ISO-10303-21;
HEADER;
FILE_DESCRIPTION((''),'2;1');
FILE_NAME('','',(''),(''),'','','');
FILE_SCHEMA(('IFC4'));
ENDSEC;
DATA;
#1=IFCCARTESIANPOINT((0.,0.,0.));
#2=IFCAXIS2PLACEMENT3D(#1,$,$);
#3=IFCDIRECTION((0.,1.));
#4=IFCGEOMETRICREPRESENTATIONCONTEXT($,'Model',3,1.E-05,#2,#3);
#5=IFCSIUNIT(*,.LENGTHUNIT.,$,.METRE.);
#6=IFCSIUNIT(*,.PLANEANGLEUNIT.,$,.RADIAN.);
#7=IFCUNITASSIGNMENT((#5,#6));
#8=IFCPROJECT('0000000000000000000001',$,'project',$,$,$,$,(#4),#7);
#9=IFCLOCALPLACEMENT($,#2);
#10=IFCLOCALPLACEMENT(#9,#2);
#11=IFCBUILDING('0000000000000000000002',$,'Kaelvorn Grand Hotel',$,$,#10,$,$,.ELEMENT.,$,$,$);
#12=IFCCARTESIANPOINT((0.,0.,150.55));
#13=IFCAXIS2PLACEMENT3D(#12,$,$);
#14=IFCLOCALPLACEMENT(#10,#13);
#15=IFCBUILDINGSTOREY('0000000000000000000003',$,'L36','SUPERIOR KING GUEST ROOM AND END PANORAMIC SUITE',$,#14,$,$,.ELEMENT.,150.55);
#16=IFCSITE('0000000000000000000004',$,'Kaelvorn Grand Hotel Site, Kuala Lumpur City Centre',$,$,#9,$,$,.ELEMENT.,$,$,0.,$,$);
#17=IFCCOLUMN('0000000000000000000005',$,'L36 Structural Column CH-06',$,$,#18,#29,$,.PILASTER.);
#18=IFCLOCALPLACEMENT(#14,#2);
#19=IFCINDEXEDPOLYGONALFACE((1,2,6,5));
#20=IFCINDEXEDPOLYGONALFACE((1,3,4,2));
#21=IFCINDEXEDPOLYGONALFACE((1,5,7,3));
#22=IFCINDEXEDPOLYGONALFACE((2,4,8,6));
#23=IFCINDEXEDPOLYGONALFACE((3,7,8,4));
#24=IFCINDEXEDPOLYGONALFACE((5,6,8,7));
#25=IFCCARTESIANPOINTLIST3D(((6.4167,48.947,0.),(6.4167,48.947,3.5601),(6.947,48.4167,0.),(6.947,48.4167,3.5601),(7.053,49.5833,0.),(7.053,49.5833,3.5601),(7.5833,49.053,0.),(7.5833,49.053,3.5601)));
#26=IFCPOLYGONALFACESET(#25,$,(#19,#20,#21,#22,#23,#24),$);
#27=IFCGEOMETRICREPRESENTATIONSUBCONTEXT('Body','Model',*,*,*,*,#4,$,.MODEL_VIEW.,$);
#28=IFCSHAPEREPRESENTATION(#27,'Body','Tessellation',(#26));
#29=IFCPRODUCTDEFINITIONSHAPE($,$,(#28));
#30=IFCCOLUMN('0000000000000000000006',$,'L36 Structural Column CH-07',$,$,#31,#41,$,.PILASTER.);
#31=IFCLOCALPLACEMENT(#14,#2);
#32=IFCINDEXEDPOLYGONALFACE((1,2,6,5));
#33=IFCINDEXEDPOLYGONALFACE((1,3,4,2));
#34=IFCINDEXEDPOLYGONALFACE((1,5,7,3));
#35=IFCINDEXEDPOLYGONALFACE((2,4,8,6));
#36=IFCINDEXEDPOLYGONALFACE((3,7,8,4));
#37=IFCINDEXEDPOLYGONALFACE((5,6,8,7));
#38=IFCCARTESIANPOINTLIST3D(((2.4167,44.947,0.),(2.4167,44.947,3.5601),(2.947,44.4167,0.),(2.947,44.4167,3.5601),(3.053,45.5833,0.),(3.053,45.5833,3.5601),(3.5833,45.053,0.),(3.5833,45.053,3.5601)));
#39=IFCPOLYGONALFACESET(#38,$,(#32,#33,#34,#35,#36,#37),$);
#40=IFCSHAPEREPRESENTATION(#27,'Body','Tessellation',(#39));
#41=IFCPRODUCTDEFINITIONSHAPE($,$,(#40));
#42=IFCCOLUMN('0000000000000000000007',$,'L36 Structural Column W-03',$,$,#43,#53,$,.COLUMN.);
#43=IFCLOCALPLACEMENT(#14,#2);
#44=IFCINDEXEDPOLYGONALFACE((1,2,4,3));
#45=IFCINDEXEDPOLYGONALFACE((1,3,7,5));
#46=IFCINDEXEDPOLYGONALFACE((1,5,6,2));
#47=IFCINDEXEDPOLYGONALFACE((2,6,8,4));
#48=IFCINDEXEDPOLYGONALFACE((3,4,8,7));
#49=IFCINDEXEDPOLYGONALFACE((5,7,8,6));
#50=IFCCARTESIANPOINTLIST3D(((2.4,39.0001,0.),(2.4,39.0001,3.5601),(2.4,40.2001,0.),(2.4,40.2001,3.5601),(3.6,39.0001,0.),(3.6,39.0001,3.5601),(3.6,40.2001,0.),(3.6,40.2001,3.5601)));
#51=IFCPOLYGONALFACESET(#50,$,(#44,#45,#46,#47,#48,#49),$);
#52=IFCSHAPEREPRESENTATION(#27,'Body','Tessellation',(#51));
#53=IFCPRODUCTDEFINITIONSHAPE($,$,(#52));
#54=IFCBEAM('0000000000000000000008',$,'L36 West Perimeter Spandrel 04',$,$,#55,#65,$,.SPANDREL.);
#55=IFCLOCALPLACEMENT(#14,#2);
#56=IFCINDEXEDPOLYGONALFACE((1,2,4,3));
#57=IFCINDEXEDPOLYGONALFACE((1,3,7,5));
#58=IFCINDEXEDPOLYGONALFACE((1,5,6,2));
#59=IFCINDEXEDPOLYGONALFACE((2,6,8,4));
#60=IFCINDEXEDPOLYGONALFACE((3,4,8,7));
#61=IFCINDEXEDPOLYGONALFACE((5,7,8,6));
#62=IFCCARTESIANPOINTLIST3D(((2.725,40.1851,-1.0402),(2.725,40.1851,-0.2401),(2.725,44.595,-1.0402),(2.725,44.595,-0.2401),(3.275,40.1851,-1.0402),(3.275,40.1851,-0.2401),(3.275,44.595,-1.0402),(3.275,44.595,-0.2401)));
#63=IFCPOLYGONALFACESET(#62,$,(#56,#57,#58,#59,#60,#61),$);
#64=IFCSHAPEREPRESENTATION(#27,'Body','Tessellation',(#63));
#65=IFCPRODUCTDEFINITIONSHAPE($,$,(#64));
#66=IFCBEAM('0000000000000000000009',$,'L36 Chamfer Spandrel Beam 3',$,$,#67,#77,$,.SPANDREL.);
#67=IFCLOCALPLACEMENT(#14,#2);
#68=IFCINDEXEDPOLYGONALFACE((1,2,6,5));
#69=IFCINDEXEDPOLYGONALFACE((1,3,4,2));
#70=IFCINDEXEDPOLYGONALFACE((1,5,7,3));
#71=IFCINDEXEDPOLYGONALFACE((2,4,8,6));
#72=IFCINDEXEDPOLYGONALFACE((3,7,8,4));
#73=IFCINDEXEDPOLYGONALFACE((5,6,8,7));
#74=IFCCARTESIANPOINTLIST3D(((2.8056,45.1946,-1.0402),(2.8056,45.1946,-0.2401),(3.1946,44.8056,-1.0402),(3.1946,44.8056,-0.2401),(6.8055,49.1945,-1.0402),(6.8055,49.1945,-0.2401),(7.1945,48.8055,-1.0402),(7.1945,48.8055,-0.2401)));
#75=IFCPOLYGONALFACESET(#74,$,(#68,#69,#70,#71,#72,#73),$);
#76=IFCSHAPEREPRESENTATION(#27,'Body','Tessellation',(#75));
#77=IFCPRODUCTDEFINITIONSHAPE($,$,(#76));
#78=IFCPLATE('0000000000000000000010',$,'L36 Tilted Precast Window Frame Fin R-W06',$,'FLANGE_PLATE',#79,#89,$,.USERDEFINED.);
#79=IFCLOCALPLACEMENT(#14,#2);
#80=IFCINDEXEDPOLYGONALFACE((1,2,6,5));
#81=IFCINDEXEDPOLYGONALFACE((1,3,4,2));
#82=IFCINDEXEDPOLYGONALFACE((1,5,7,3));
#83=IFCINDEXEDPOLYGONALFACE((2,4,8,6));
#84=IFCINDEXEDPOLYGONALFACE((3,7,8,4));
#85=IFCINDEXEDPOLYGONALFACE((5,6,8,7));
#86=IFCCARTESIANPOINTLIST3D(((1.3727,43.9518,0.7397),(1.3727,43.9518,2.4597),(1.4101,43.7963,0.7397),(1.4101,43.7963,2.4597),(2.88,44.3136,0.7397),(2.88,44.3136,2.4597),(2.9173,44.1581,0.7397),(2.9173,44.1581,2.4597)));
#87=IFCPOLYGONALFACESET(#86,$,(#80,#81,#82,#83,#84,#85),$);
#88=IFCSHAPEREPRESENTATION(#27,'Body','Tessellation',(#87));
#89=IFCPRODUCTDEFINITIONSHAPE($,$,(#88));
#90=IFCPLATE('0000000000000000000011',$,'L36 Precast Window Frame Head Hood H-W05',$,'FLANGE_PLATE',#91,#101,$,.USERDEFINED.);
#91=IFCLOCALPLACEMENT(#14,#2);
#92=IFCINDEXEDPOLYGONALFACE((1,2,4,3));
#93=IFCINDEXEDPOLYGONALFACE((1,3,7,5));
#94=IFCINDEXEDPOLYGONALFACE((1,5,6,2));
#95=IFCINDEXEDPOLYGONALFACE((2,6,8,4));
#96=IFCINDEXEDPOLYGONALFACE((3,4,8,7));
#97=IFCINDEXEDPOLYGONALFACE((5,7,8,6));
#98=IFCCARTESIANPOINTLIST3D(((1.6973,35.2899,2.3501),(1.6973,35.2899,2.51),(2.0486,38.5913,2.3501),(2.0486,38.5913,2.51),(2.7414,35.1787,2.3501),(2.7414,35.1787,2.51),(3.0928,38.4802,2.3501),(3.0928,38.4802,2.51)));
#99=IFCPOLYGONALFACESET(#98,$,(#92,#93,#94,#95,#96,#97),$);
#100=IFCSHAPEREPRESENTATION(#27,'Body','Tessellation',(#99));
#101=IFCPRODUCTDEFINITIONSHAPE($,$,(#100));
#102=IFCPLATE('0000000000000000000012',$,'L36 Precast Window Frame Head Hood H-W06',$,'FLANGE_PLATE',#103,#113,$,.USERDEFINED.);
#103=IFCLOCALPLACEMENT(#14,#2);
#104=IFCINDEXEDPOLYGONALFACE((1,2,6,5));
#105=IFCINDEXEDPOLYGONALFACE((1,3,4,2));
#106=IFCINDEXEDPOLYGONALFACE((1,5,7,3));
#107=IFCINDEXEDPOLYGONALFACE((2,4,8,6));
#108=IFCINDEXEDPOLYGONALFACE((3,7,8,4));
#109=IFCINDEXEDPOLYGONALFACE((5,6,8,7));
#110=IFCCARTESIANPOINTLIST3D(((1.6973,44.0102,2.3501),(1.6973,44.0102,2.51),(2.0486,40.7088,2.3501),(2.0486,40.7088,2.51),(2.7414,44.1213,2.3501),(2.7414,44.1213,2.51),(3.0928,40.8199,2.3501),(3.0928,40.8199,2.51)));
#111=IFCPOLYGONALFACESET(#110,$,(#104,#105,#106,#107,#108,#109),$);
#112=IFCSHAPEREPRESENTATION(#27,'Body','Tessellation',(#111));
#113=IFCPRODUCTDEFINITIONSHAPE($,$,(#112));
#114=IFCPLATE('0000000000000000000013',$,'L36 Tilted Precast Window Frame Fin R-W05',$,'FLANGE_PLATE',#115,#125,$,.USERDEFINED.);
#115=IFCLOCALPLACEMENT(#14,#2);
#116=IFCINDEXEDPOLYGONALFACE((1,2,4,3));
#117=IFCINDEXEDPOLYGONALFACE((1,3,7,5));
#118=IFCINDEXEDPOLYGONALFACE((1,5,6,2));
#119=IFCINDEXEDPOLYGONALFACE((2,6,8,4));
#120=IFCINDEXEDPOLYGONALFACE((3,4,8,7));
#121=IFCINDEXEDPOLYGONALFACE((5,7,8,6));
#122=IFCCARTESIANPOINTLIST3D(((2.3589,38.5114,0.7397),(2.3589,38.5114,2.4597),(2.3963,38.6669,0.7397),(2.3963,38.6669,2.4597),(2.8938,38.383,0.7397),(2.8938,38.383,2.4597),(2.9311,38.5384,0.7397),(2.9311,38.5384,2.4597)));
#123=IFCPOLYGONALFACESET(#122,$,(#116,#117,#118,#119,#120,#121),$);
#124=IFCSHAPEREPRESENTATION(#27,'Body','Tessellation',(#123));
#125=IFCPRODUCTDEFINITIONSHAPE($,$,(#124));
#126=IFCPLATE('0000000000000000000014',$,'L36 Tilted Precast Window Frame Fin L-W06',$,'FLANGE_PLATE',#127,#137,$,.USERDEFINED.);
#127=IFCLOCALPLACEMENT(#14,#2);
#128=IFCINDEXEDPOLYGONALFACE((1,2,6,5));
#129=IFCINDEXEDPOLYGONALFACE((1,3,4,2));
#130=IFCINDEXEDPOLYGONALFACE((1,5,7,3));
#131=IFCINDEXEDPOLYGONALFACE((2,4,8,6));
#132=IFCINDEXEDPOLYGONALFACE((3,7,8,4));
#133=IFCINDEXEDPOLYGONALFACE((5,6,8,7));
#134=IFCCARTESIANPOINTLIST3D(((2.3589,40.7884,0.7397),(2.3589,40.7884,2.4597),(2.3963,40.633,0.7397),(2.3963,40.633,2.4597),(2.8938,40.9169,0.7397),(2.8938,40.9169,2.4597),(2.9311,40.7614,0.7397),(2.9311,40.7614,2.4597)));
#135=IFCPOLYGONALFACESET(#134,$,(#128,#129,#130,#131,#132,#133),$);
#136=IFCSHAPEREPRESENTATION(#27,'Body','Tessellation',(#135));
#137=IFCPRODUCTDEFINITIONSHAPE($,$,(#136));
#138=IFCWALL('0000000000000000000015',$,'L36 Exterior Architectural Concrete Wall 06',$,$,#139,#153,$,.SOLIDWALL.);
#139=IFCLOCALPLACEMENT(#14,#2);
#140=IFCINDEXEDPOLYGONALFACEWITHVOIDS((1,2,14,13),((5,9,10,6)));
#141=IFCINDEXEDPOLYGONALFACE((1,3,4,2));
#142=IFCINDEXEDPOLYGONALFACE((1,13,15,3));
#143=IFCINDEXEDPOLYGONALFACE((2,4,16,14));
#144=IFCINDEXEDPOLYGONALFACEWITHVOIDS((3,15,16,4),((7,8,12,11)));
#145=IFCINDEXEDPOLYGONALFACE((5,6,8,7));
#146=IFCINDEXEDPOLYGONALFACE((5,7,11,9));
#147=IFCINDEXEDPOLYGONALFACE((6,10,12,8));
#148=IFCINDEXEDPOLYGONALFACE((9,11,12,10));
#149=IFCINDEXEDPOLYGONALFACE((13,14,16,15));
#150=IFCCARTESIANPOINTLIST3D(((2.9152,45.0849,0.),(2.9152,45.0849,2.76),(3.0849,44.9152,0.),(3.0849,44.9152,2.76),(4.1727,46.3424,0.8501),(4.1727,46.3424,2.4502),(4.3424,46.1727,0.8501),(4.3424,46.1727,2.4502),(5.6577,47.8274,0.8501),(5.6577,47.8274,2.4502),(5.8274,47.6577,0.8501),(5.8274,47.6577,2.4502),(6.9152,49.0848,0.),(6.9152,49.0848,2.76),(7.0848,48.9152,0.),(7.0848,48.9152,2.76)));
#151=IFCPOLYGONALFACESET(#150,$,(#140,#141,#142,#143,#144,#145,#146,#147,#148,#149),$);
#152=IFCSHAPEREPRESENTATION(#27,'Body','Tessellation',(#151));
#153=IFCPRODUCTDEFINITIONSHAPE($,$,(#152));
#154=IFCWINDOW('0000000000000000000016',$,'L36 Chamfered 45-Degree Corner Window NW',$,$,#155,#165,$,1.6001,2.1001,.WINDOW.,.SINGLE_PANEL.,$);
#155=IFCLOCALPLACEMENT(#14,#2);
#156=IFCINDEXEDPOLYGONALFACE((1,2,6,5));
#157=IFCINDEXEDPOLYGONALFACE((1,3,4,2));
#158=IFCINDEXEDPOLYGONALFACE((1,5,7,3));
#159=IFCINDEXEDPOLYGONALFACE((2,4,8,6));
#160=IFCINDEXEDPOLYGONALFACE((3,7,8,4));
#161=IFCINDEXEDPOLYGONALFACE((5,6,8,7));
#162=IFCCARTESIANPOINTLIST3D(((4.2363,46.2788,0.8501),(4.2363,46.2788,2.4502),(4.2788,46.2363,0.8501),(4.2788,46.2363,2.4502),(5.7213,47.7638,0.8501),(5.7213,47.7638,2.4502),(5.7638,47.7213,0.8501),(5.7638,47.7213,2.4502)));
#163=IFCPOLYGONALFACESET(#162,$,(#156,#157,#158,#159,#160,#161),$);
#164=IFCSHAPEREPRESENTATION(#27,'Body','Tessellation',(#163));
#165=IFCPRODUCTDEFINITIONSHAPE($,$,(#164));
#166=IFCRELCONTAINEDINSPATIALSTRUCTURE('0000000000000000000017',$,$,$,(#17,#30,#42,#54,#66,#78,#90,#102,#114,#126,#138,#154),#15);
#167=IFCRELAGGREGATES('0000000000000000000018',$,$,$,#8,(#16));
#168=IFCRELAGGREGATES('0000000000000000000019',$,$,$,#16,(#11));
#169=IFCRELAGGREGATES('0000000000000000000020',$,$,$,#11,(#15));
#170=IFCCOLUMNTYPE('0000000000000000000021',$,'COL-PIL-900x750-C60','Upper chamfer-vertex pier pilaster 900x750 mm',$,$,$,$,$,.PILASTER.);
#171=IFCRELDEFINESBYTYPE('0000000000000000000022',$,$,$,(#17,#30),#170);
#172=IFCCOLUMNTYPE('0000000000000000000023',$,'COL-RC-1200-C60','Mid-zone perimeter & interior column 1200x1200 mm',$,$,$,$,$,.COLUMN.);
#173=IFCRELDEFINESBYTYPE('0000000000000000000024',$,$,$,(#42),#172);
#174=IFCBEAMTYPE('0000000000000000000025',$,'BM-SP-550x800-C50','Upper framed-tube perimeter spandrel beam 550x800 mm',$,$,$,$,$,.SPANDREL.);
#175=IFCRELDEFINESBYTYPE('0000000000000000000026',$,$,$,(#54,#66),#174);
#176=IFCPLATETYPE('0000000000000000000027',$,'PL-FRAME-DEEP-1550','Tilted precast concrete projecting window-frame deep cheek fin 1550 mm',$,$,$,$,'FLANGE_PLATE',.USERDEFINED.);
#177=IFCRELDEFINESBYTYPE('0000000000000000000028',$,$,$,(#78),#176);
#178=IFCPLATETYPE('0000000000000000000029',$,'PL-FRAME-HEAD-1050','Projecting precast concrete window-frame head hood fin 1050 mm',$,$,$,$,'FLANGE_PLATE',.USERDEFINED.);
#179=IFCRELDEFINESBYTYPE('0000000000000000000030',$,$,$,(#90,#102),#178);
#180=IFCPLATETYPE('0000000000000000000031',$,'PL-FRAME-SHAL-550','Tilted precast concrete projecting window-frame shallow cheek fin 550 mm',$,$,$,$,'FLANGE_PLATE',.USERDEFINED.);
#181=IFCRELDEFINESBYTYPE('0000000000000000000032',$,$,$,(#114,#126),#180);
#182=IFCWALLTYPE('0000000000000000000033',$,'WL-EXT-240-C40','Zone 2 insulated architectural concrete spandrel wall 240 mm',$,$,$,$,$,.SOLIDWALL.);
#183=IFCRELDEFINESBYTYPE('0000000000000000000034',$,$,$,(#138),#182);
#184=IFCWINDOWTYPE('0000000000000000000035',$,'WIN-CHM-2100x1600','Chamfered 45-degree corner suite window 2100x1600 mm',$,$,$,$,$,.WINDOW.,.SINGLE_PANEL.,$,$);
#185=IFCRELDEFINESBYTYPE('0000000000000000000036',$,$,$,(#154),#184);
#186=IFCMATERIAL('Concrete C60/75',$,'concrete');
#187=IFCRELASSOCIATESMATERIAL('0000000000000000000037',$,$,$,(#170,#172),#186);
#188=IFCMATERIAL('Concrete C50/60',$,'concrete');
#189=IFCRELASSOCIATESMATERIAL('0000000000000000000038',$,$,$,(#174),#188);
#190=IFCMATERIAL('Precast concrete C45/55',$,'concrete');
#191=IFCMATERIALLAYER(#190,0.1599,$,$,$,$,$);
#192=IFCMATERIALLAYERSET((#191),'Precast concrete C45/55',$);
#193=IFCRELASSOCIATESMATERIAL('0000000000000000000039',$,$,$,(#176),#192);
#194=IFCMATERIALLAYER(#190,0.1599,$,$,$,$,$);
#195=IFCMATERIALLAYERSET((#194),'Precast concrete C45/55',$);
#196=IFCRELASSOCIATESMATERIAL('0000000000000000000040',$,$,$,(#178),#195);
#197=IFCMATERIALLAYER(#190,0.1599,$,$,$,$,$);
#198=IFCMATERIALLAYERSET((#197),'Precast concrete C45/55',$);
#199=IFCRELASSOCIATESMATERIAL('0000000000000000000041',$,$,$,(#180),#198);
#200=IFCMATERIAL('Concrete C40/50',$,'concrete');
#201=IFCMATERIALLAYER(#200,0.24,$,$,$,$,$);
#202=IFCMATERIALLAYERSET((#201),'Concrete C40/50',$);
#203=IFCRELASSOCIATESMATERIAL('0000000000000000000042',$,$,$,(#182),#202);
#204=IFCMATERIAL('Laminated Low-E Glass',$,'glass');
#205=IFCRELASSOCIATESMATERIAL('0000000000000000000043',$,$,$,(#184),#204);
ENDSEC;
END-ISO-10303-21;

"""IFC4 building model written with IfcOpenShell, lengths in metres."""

from ifc_helpers import new_model, si_unit, direction, frame, frame_2d, origin, origin_2d, place, context, subcontext, project, spatial, rectangle, extrude, material, layer, layer_set, material_profile, profile_set, type_object, element, fill, save


model = new_model("IFC4")

# Units and contexts
model_context = context("Model", 3, precision=1e-05, world=origin(), true_north=direction((0.0, 1.0)))
body_context = subcontext(model_context, "Body", "Model", "MODEL_VIEW")
ifc_project = project(units=[si_unit("LENGTHUNIT", "METRE"), si_unit("PLANEANGLEUNIT", "RADIAN")], contexts=[model_context])

# Site, building, storey
site_placement = place(None, origin())
site = spatial("IfcSite", under=ifc_project, at=site_placement, Name="Kaelvorn Grand Hotel Site, Kuala Lumpur City Centre", CompositionType="ELEMENT", RefElevation=0.0)
building_placement = place(site_placement, origin())
building = spatial("IfcBuilding", under=site, at=building_placement, Name="Kaelvorn Grand Hotel", CompositionType="ELEMENT")
storey_placement = place(building_placement, frame((0.0, 0.0, 150.55)))
storey = spatial("IfcBuildingStorey", under=building, at=storey_placement, Name="L36", Description="SUPERIOR KING GUEST ROOM AND END PANORAMIC SUITE", CompositionType="ELEMENT", Elevation=150.55)

# Columns
ifc_material_1 = material(Name="Concrete C60/75", Category="concrete")
ifc_material_profile_1 = material_profile(ifc_material_1, rectangle(XDim=0.8999, YDim=0.75, at=origin_2d()), Name="RC PILASTER 900x750")
ifc_profile_set_1 = profile_set([ifc_material_profile_1], Name="Concrete C60/75")
column_type_1 = type_object("IfcColumnType", Name="COL-PIL-900x750-C60", Description="Upper chamfer-vertex pier pilaster 900x750 mm", PredefinedType="PILASTER", material=ifc_profile_set_1)
for number, where, z_axis, x_axis, name in (
    (1, (7.0, 49.0, 0.0), (0.0, 0.0, 1.0), (0.707107, 0.707107, 0.0), "L36 Structural Column CH-06"),
    (2, (3.0, 45.0, 0.0), (0.0, 0.0, 1.0), (0.707107, 0.707107, 0.0), "L36 Structural Column CH-07"),
):
    element("IfcColumn", number, at=place(storey_placement, frame(where, z_axis=z_axis, x_axis=x_axis)), inside=storey, type_object=column_type_1, Name=name, PredefinedType="PILASTER", context=body_context, shape_type="SweptSolid", body=[
        extrude(rectangle(XDim=0.8999, YDim=0.75, at=origin_2d()), origin(), (0.0, 0.0, 1.0), 3.5601),
    ])
ifc_material_profile_2 = material_profile(ifc_material_1, rectangle(XDim=1.2, YDim=1.2, at=origin_2d()), Name="RC COL 1200x1200")
ifc_profile_set_2 = profile_set([ifc_material_profile_2], Name="Concrete C60/75")
column_type_2 = type_object("IfcColumnType", Name="COL-RC-1200-C60", Description="Mid-zone perimeter & interior column 1200x1200 mm", PredefinedType="COLUMN", material=ifc_profile_set_2)
column_placement = place(storey_placement, frame((3.0, 39.6001, 0.0), z_axis=(0.0, 0.0, 1.0), x_axis=(1.0, 0.0, 0.0)))
element("IfcColumn", 3, at=column_placement, inside=storey, type_object=column_type_2, Name="L36 Structural Column W-03", PredefinedType="COLUMN", context=body_context, shape_type="SweptSolid", body=[
    extrude(rectangle(XDim=1.2, YDim=1.2, at=origin_2d()), origin(), (0.0, 0.0, 1.0), 3.5601),
])

# Beams
ifc_material_2 = material(Name="Concrete C50/60", Category="concrete")
ifc_material_profile_3 = material_profile(ifc_material_2, rectangle(XDim=0.55, YDim=0.8, at=origin_2d()), Name="RC SPANDREL 550x800")
ifc_profile_set_3 = profile_set([ifc_material_profile_3], Name="Concrete C50/60")
beam_type = type_object("IfcBeamType", Name="BM-SP-550x800-C50", Description="Upper framed-tube perimeter spandrel beam 550x800 mm", PredefinedType="SPANDREL", material=ifc_profile_set_3)
beam_1_placement = place(storey_placement, frame((3.0, 40.1851, -0.6401), z_axis=(0.0, 1.0, 0.0), x_axis=(-1.0, 0.0, 0.0)))
element("IfcBeam", 4, at=beam_1_placement, inside=storey, type_object=beam_type, Name="L36 West Perimeter Spandrel 04", PredefinedType="SPANDREL", context=body_context, shape_type="SweptSolid", body=[
    extrude(rectangle(XDim=0.55, YDim=0.8, at=origin_2d()), origin(), (0.0, 0.0, 1.0), 4.4099),
])
beam_2_placement = place(storey_placement, frame((7.0, 49.0, -0.6401), z_axis=(-0.707107, -0.707107, 0.0), x_axis=(0.707107, -0.707107, 0.0)))
element("IfcBeam", 5, at=beam_2_placement, inside=storey, type_object=beam_type, Name="L36 Chamfer Spandrel Beam 3", PredefinedType="SPANDREL", context=body_context, shape_type="SweptSolid", body=[
    extrude(rectangle(XDim=0.55, YDim=0.8, at=origin_2d()), origin(), (0.0, 0.0, 1.0), 5.6567),
])

# Plates
ifc_material_3 = material(Name="Precast concrete C45/55", Category="concrete")
ifc_layer_1 = layer(ifc_material_3, 0.1599)
ifc_layer_set_1 = layer_set([ifc_layer_1], Name="Precast concrete C45/55")
plate_type_1 = type_object("IfcPlateType", Name="PL-FRAME-DEEP-1550", Description="Tilted precast concrete projecting window-frame deep cheek fin 1550 mm", ElementType="FLANGE_PLATE", PredefinedType="USERDEFINED", material=ifc_layer_set_1)
plate_placement = place(storey_placement, frame((2.145, 44.0549, 0.7397), z_axis=(0.0, 0.0, 1.0), x_axis=(-0.233445, 0.97237, 0.0)))
element("IfcPlate", 6, at=plate_placement, inside=storey, type_object=plate_type_1, Name="L36 Tilted Precast Window Frame Fin R-W06", ObjectType="FLANGE_PLATE", PredefinedType="USERDEFINED", context=body_context, shape_type="SweptSolid", body=[
    extrude(rectangle(XDim=0.1599, YDim=1.55, at=origin_2d()), origin(), (0.0, 0.0, 1.0), 1.72),
])
ifc_layer_2 = layer(ifc_material_3, 0.1599)
ifc_layer_set_2 = layer_set([ifc_layer_2], Name="Precast concrete C45/55")
plate_type_2 = type_object("IfcPlateType", Name="PL-FRAME-HEAD-1050", Description="Projecting precast concrete window-frame head hood fin 1050 mm", ElementType="FLANGE_PLATE", PredefinedType="USERDEFINED", material=ifc_layer_set_2)
for number, where, z_axis, x_axis, name in (
    (7, (2.395, 36.885, 2.3501), (0.0, 0.0, 1.0), (0.10583, 0.994384, 0.0), "L36 Precast Window Frame Head Hood H-W05"),
    (8, (2.395, 42.415, 2.3501), (0.0, 0.0, 1.0), (-0.10583, 0.994384, 0.0), "L36 Precast Window Frame Head Hood H-W06"),
):
    element("IfcPlate", number, at=place(storey_placement, frame(where, z_axis=z_axis, x_axis=x_axis)), inside=storey, type_object=plate_type_2, Name=name, ObjectType="FLANGE_PLATE", PredefinedType="USERDEFINED", context=body_context, shape_type="SweptSolid", body=[
        extrude(rectangle(XDim=3.3201, YDim=1.05, at=origin_2d()), origin(), (0.0, 0.0, 1.0), 0.1599),
    ])
ifc_layer_3 = layer(ifc_material_3, 0.1599)
ifc_layer_set_3 = layer_set([ifc_layer_3], Name="Precast concrete C45/55")
plate_type_3 = type_object("IfcPlateType", Name="PL-FRAME-SHAL-550", Description="Tilted precast concrete projecting window-frame shallow cheek fin 550 mm", ElementType="FLANGE_PLATE", PredefinedType="USERDEFINED", material=ifc_layer_set_3)
for number, where, z_axis, x_axis, name in (
    (9, (2.645, 38.5249, 0.7397), (0.0, 0.0, 1.0), (0.233445, 0.97237, 0.0), "L36 Tilted Precast Window Frame Fin R-W05"),
    (10, (2.645, 40.7749, 0.7397), (0.0, 0.0, 1.0), (-0.233445, 0.97237, 0.0), "L36 Tilted Precast Window Frame Fin L-W06"),
):
    element("IfcPlate", number, at=place(storey_placement, frame(where, z_axis=z_axis, x_axis=x_axis)), inside=storey, type_object=plate_type_3, Name=name, ObjectType="FLANGE_PLATE", PredefinedType="USERDEFINED", context=body_context, shape_type="SweptSolid", body=[
        extrude(rectangle(XDim=0.1599, YDim=0.55, at=origin_2d()), origin(), (0.0, 0.0, 1.0), 1.72),
    ])

# Wall, opening, window
ifc_material_4 = material(Name="Concrete C40/50", Category="concrete")
ifc_layer_4 = layer(ifc_material_4, 0.24)
ifc_layer_set_4 = layer_set([ifc_layer_4], Name="Concrete C40/50")
wall_type = type_object("IfcWallType", Name="WL-EXT-240-C40", Description="Zone 2 insulated architectural concrete spandrel wall 240 mm", PredefinedType="SOLIDWALL", material=ifc_layer_set_4)
wall_1_placement = place(storey_placement, frame((7.0, 49.0, 0.0), z_axis=(0.0, 0.0, 1.0), x_axis=(-0.707107, -0.707107, 0.0)))
wall_1 = element("IfcWall", 11, at=wall_1_placement, inside=storey, type_object=wall_type, Name="L36 Exterior Architectural Concrete Wall 06", PredefinedType="SOLIDWALL", context=body_context, shape_type="SweptSolid", body=[
    extrude(rectangle(XDim=5.6567, YDim=0.24, at=frame_2d((2.8284, 0.0))), origin(), (0.0, 0.0, 1.0), 2.76),
])
opening_1_placement = place(wall_1_placement, frame((1.7783, 0.0, 0.8501)))
opening_1 = element("IfcOpeningElement", 12, at=opening_1_placement, cuts=wall_1, PredefinedType="OPENING", context=body_context, shape_type="SweptSolid", body=[
    extrude(rectangle(XDim=2.1001, YDim=1.6001, at=frame_2d((1.05, 0.8))), frame((0.0, 0.1299, 0.0), z_axis=(0.0, -1.0, 0.0), x_axis=(1.0, 0.0, 0.0)), (0.0, 0.0, 1.0), 0.26),
])
ifc_material_5 = material(Name="Laminated Low-E Glass", Category="glass")
window_type_1 = type_object("IfcWindowType", Name="WIN-CHM-2100x1600", Description="Chamfered 45-degree corner suite window 2100x1600 mm", PartitioningType="SINGLE_PANEL", PredefinedType="WINDOW", material=ifc_material_5)
window_1_placement = place(opening_1_placement, origin())
window_1 = element("IfcWindow", 13, at=window_1_placement, inside=storey, type_object=window_type_1, Name="L36 Chamfered 45-Degree Corner Window NW", OverallHeight=1.6001, OverallWidth=2.1001, PartitioningType="SINGLE_PANEL", PredefinedType="WINDOW", context=body_context, shape_type="SweptSolid", body=[
    extrude(rectangle(XDim=2.1001, YDim=1.6001, at=frame_2d((1.05, 0.8))), frame((0.0, 0.03, 0.0), z_axis=(0.0, -1.0, 0.0), x_axis=(1.0, 0.0, 0.0)), (0.0, 0.0, 1.0), 0.0601),
])
fill(opening_1, window_1)

save(model, "model.ifc")
